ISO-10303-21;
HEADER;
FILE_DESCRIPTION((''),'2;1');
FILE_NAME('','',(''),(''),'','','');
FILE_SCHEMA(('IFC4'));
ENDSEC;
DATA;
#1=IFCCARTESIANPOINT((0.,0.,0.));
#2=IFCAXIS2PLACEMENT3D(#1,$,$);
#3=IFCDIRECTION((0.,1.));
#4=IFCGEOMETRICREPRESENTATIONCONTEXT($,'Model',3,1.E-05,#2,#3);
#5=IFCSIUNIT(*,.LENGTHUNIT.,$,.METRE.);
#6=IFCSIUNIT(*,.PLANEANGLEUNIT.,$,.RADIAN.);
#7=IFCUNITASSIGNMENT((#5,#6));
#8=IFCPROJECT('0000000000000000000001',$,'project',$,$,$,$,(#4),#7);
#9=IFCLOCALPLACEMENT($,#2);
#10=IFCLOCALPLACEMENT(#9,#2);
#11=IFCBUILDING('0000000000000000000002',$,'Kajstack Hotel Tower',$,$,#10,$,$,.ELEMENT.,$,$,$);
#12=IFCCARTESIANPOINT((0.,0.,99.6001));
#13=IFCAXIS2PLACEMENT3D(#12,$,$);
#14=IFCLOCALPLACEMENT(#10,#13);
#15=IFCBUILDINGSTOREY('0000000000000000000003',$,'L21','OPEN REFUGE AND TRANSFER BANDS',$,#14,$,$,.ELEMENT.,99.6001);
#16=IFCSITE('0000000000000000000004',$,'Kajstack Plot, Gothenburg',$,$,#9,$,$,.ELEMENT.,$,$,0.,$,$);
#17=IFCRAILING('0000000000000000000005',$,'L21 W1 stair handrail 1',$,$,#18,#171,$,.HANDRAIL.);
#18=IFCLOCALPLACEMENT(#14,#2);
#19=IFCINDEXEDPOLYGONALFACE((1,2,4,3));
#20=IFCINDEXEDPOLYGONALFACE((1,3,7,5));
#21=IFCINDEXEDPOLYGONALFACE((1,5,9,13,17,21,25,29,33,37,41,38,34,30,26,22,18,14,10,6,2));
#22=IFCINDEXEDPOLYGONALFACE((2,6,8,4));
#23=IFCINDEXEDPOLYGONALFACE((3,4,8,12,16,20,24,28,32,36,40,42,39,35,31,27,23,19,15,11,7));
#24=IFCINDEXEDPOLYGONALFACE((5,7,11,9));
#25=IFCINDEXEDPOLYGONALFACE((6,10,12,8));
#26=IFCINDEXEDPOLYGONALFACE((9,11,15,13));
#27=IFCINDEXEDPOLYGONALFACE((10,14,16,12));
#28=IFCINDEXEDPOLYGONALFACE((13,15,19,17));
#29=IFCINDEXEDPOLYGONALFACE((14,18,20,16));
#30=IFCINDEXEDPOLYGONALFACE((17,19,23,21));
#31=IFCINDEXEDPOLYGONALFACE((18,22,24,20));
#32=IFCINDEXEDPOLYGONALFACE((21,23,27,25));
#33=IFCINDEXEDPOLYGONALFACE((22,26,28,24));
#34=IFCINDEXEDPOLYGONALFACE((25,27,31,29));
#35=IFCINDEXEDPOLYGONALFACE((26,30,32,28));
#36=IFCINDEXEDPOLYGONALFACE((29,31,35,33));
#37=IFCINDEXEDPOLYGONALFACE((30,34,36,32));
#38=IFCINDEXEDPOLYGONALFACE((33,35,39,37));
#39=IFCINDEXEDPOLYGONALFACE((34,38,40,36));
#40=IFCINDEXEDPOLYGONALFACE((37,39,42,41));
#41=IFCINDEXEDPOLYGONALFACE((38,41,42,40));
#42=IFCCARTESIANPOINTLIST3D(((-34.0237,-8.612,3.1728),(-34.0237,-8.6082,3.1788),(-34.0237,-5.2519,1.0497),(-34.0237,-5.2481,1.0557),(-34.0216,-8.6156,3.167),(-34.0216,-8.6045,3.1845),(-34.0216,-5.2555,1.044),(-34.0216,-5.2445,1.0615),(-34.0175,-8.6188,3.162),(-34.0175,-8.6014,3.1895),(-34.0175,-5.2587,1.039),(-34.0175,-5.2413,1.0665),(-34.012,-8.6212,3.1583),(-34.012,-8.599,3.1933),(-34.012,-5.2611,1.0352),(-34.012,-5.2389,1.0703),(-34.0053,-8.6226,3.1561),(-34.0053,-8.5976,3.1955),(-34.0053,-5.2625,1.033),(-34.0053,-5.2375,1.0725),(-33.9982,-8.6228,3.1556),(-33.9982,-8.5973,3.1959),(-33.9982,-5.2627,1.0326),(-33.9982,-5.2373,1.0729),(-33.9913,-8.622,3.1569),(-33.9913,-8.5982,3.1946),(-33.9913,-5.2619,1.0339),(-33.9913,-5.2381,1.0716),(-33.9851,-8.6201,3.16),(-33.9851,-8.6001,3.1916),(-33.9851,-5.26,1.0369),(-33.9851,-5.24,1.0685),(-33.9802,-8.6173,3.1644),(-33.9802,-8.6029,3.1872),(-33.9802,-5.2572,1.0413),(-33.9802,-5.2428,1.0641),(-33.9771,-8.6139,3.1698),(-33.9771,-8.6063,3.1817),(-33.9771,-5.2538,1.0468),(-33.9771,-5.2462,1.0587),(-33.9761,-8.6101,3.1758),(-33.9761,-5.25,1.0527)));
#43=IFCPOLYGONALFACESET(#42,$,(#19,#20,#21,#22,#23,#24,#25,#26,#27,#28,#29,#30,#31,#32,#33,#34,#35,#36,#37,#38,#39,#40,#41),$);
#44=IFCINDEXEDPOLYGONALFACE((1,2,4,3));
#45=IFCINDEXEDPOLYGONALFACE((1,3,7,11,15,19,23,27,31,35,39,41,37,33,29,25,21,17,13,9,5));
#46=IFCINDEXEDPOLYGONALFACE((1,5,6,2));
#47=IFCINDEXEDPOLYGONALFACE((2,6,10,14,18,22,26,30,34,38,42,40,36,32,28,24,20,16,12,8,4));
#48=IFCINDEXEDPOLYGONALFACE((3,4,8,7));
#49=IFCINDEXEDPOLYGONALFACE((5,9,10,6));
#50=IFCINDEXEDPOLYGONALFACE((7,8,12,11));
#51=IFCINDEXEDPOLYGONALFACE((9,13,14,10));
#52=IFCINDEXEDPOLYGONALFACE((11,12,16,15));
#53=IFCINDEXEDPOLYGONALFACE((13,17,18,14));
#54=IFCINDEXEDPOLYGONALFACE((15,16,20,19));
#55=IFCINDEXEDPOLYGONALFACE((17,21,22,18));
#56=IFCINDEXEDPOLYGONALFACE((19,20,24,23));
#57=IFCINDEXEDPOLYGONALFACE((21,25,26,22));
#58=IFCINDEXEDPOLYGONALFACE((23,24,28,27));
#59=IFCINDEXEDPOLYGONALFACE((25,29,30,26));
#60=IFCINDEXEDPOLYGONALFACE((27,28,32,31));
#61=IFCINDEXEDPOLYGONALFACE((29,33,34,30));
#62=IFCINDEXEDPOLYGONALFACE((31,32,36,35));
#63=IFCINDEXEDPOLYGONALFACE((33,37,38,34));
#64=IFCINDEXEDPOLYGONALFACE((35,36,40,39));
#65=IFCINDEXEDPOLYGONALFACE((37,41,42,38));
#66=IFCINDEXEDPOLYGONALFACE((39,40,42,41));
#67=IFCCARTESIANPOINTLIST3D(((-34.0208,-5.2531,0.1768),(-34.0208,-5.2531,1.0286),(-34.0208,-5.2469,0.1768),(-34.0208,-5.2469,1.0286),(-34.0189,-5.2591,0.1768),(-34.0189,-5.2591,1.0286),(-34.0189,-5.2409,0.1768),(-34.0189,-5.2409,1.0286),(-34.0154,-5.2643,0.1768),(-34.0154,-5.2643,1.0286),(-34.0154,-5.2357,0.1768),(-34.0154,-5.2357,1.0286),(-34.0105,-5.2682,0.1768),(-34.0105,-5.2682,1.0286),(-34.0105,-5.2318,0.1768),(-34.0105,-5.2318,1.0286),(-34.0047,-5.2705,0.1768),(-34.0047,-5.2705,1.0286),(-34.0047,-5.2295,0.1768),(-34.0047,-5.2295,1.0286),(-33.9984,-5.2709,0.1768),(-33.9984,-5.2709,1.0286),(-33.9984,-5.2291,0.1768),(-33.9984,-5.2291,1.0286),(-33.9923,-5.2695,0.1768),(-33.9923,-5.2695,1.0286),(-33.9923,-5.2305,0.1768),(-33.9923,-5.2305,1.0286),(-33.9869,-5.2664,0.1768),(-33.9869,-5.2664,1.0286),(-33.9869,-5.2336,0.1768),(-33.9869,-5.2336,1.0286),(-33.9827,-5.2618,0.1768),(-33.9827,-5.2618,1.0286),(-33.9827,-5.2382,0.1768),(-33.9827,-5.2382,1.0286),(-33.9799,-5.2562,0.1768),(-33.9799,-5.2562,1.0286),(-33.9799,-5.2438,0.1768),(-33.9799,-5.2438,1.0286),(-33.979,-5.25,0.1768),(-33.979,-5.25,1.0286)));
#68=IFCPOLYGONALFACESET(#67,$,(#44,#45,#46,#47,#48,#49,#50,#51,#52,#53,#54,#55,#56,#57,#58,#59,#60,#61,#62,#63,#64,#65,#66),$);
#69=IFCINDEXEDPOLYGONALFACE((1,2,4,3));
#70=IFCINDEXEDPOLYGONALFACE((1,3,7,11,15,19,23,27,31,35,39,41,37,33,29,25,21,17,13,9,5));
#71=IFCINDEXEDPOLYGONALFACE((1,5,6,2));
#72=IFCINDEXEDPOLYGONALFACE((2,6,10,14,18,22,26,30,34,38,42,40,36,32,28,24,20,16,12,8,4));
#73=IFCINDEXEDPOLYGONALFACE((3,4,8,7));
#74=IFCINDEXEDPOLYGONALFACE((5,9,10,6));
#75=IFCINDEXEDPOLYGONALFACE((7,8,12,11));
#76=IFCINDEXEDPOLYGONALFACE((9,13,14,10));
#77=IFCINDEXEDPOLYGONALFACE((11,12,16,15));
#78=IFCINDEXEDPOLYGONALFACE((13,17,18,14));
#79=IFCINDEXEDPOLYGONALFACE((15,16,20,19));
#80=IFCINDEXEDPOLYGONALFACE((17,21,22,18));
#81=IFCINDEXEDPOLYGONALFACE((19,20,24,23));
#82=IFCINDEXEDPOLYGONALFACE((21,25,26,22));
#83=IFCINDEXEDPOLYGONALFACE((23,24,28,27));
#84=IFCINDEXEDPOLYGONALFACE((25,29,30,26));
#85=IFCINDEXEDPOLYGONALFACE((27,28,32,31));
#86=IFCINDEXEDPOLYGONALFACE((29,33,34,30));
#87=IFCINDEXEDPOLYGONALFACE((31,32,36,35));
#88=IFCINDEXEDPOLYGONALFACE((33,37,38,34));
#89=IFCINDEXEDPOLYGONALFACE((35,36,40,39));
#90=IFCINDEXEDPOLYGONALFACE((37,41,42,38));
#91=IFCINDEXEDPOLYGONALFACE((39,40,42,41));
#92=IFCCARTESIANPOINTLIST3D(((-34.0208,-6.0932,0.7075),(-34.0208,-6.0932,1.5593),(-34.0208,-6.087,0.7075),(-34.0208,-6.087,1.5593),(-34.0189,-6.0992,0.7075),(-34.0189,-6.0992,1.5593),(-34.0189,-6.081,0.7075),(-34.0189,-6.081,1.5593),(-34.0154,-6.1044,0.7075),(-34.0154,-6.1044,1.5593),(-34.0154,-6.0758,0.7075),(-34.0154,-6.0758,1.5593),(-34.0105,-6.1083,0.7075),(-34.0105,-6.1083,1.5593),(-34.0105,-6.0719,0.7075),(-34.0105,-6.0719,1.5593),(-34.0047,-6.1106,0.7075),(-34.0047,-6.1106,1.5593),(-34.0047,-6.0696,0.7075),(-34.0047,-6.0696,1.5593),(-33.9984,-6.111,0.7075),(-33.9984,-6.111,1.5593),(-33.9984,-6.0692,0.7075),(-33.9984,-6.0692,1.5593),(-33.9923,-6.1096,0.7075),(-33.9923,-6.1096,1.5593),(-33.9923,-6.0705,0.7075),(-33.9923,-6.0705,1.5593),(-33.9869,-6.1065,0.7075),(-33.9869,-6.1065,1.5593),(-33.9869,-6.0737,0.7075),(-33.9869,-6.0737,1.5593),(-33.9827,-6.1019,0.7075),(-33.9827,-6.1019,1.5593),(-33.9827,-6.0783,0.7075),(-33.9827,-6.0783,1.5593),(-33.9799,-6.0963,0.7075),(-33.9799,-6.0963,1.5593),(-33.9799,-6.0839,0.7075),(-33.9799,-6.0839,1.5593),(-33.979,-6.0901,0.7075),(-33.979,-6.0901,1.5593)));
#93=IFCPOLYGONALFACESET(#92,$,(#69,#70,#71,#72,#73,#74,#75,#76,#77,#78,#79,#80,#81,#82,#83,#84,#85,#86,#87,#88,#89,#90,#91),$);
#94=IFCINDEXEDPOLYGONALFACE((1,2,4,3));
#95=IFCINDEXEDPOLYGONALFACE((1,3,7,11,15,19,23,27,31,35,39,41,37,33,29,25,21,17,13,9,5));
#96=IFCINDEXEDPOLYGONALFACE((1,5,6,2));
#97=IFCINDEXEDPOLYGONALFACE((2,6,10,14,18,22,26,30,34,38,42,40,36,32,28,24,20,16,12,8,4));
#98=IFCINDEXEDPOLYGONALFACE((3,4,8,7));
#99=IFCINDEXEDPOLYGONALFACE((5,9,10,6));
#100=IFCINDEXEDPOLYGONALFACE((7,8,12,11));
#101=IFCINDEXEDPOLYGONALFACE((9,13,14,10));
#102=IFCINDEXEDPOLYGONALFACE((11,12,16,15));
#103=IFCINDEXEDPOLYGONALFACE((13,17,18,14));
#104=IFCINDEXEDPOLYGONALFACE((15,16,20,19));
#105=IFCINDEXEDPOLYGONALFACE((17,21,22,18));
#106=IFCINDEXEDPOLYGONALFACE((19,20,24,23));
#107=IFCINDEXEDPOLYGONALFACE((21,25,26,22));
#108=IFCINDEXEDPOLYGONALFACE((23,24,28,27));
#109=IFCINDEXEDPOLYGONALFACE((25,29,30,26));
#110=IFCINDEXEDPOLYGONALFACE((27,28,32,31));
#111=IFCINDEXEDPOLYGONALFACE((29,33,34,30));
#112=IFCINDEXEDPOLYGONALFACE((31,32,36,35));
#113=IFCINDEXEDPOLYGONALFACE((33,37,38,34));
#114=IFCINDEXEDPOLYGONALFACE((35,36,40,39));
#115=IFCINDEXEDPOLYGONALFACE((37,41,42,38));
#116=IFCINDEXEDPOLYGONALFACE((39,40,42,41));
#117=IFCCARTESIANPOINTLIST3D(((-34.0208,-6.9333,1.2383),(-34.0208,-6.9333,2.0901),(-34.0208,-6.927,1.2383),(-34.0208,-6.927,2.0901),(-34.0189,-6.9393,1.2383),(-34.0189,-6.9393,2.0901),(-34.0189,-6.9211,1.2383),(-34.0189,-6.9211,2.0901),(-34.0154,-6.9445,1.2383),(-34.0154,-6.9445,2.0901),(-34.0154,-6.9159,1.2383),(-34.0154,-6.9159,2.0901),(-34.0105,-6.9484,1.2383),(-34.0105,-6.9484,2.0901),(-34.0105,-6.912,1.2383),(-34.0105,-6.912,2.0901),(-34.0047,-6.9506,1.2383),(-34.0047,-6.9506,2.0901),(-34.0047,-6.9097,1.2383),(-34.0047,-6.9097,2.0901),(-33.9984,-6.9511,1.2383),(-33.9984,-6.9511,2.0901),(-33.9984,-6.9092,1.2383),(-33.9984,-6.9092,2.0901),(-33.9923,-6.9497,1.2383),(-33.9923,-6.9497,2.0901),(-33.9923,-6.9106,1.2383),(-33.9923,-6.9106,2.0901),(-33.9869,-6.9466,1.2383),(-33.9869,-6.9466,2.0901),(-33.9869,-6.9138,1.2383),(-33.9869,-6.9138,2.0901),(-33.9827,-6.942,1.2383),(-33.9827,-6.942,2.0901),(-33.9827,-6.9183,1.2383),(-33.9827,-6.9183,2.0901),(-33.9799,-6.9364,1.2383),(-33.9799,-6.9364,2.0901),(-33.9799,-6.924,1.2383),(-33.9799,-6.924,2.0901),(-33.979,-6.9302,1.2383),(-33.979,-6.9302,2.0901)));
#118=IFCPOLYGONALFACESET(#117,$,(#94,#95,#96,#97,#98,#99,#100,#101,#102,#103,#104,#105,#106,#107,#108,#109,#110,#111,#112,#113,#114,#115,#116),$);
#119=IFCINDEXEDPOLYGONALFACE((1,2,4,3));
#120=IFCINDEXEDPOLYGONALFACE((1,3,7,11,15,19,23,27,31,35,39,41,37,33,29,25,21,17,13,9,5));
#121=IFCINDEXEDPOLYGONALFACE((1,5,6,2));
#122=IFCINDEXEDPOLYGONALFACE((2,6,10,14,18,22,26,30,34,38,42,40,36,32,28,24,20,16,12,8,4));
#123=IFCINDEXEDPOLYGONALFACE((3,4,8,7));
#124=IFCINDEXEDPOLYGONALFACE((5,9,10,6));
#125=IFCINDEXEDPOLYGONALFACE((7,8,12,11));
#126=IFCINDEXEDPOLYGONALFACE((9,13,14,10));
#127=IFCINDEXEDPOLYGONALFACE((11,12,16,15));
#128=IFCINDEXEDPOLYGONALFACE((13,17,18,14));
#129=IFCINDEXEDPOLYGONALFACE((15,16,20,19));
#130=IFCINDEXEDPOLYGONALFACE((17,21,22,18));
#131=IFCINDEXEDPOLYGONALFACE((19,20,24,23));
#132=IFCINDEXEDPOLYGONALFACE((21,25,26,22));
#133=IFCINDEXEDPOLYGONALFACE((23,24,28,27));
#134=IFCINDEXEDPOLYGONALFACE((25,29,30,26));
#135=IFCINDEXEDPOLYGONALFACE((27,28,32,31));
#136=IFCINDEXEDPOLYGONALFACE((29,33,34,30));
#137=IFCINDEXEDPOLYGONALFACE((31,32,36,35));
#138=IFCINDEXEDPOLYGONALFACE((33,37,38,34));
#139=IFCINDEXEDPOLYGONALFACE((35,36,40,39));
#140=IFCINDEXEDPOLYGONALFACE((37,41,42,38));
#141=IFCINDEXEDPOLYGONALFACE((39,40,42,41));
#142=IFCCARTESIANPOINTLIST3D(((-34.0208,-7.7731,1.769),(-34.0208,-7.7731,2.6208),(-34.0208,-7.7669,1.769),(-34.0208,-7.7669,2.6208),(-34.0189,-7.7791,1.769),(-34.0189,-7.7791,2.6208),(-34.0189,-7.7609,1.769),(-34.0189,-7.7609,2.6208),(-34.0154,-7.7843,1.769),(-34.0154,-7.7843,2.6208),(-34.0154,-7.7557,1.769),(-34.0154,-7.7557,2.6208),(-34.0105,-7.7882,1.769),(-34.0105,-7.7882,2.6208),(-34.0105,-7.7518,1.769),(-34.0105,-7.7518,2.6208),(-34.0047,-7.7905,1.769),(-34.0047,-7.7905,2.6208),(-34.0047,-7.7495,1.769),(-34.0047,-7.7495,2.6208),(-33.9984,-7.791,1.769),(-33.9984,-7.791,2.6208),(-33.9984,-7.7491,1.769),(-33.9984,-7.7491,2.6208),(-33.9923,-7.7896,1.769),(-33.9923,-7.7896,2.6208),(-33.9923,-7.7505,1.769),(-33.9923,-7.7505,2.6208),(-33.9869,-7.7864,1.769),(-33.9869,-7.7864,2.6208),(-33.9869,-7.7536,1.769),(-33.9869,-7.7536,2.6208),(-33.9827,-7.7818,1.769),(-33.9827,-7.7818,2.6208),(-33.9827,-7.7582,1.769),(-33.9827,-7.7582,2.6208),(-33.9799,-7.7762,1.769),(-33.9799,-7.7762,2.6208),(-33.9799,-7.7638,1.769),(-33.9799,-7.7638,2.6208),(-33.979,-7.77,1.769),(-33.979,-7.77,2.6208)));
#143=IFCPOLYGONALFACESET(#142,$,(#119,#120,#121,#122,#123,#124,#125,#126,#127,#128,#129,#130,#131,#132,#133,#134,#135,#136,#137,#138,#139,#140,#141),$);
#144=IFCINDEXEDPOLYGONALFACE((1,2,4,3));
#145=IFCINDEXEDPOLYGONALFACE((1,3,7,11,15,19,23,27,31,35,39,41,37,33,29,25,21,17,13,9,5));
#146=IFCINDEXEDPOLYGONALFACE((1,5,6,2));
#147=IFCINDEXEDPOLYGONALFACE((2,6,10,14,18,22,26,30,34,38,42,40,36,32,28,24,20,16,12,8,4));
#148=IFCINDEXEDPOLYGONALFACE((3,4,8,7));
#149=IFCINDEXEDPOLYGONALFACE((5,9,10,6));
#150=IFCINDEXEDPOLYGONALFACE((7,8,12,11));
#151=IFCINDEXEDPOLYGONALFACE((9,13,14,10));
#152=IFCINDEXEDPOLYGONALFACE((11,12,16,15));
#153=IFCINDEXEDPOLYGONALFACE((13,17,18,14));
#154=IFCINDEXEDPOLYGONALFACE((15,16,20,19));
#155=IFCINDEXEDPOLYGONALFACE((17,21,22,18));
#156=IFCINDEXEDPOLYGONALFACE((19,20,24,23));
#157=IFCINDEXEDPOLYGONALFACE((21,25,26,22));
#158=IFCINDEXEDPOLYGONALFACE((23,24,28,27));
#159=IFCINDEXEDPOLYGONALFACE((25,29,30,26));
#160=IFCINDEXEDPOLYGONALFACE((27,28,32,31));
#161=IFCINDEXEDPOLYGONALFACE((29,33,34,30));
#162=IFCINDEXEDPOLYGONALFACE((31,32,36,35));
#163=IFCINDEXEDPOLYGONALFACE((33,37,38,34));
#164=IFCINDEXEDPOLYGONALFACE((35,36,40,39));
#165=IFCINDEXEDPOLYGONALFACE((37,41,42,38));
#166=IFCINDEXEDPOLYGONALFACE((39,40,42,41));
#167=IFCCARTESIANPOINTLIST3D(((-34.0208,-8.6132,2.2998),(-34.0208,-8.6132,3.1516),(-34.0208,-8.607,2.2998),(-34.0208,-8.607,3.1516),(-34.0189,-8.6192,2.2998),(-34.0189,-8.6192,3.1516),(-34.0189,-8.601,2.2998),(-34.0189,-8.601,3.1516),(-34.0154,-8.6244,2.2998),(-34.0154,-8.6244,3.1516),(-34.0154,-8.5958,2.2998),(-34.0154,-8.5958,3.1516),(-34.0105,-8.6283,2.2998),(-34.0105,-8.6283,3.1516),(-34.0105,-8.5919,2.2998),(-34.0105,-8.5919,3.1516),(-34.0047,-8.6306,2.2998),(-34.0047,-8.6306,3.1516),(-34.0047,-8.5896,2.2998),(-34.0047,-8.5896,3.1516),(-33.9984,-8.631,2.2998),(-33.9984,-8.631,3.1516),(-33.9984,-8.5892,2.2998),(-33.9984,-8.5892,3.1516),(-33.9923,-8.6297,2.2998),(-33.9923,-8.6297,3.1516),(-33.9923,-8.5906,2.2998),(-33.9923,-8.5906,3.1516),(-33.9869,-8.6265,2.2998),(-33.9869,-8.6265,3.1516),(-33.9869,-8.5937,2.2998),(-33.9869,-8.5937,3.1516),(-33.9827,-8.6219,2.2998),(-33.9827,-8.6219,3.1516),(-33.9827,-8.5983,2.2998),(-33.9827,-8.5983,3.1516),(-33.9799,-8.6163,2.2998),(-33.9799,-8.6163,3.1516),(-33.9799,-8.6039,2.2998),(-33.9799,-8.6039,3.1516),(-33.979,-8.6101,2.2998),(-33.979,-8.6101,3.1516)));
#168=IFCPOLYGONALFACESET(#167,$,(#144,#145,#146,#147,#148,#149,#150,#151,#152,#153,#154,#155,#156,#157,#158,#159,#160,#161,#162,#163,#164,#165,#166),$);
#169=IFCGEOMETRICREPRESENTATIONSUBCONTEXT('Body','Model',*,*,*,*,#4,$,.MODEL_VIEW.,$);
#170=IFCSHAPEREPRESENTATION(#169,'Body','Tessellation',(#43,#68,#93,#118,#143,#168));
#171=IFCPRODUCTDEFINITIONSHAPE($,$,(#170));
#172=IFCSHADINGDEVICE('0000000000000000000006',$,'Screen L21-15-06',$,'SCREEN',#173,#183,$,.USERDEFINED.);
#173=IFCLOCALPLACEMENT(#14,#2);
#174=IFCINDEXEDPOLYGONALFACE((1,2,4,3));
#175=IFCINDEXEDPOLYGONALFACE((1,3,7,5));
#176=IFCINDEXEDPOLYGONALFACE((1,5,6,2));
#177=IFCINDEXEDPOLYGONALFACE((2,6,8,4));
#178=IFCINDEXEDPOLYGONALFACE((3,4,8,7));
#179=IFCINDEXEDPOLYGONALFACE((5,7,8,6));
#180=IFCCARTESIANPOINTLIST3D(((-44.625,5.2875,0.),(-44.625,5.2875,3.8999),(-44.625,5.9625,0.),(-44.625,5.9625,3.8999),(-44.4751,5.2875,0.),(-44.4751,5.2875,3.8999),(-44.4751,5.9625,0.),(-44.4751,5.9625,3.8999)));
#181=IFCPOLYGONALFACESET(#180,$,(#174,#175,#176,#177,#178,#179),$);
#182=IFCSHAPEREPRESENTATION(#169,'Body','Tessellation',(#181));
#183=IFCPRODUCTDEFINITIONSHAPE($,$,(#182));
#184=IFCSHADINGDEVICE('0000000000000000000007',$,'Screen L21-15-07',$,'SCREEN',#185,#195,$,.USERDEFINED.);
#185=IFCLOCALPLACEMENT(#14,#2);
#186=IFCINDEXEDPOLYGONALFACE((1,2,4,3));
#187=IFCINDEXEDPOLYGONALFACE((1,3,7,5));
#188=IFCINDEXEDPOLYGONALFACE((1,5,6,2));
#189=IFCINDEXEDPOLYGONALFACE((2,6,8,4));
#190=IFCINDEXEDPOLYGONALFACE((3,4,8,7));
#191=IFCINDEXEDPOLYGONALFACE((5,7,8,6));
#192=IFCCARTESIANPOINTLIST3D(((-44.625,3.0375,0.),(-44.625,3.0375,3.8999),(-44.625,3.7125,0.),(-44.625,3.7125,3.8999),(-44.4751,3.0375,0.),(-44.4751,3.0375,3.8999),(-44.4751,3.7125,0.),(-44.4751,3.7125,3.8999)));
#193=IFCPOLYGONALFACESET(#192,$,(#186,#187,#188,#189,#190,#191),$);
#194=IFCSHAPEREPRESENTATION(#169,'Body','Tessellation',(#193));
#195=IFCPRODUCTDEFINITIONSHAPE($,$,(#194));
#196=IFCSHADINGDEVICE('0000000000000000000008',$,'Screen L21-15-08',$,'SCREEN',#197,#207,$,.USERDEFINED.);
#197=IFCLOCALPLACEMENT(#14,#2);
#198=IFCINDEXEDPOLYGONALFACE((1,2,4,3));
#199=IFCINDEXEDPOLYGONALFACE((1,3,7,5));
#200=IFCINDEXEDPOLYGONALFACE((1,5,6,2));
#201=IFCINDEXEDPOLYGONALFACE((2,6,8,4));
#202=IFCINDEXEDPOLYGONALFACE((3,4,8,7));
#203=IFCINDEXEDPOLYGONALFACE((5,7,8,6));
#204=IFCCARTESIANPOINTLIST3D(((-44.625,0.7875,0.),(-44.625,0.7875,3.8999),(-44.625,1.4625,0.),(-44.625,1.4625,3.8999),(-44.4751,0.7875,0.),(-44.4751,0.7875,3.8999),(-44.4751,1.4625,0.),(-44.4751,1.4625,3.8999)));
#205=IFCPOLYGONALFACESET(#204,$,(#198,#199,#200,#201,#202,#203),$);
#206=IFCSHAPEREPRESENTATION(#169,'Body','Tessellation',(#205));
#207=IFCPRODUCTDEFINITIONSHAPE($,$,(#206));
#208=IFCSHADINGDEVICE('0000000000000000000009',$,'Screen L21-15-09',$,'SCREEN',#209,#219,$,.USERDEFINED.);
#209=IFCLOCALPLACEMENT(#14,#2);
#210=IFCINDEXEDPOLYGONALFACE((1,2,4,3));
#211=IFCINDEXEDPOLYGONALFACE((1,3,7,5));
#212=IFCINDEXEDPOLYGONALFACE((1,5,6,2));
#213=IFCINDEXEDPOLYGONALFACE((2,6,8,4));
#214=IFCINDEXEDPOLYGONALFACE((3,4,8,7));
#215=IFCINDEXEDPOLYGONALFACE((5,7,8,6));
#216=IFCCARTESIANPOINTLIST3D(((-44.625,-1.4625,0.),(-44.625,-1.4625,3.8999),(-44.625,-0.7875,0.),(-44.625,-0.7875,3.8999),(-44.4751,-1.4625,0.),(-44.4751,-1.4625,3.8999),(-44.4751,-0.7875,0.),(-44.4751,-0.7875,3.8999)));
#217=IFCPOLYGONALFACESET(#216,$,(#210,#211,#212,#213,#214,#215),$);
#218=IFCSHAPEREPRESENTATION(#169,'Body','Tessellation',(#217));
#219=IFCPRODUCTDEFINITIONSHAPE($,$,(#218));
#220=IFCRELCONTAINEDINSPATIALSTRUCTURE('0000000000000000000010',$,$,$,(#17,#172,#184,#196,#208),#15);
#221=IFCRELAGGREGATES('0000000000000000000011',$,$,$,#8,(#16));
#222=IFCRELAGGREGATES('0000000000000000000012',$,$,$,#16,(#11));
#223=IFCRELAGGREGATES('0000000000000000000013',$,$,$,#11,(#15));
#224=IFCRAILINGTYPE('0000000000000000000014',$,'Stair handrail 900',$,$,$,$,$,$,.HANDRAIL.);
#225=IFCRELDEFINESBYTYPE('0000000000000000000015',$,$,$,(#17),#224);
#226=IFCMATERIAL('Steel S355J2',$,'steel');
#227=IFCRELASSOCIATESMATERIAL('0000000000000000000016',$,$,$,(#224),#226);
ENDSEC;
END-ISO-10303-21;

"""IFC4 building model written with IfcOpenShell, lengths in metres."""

from ifc_helpers import new_model, si_unit, direction, frame, origin, origin_2d, place, context, subcontext, project, spatial, rectangle, circle, extrude, material, type_object, element, save


model = new_model("IFC4")

# Units and contexts
model_context = context("Model", 3, precision=1e-05, world=origin(), true_north=direction((0.0, 1.0)))
body_context = subcontext(model_context, "Body", "Model", "MODEL_VIEW")
ifc_project = project(units=[si_unit("LENGTHUNIT", "METRE"), si_unit("PLANEANGLEUNIT", "RADIAN")], contexts=[model_context])

# Site, building, storey
site_placement = place(None, origin())
site = spatial("IfcSite", under=ifc_project, at=site_placement, Name="Kajstack Plot, Gothenburg", CompositionType="ELEMENT", RefElevation=0.0)
building_placement = place(site_placement, origin())
building = spatial("IfcBuilding", under=site, at=building_placement, Name="Kajstack Hotel Tower", CompositionType="ELEMENT")
storey_placement = place(building_placement, frame((0.0, 0.0, 99.6001)))
storey = spatial("IfcBuildingStorey", under=building, at=storey_placement, Name="L21", Description="OPEN REFUGE AND TRANSFER BANDS", CompositionType="ELEMENT", Elevation=99.6001)

# Shared definitions
ifc_material_1 = material(Name="Steel S355J2", Category="steel")

# Railing
railing_type = type_object("IfcRailingType", Name="Stair handrail 900", PredefinedType="HANDRAIL", material=ifc_material_1)
railing_placement = place(storey_placement, frame((-34.0, -5.25, 0.1768)))
element("IfcRailing", 1, at=railing_placement, inside=storey, type_object=railing_type, Name="L21 W1 stair handrail 1", PredefinedType="HANDRAIL", context=body_context, shape_type="SweptSolid", body=[
    extrude(circle(Radius=0.0239, at=origin_2d()), frame((0.0, 0.0, 0.876), z_axis=(0.0, -0.84539, 0.53415), x_axis=(1.0, 0.0, 0.0)), (0.0, 0.0, 1.0), 3.9746),
    extrude(circle(Radius=0.021, at=origin_2d()), origin(), (0.0, 0.0, 1.0), 0.8518),
    extrude(circle(Radius=0.021, at=origin_2d()), frame((0.0, -0.8401, 0.5308)), (0.0, 0.0, 1.0), 0.8518),
    extrude(circle(Radius=0.021, at=origin_2d()), frame((0.0, -1.6802, 1.0615)), (0.0, 0.0, 1.0), 0.8518),
    extrude(circle(Radius=0.021, at=origin_2d()), frame((0.0, -2.52, 1.5923)), (0.0, 0.0, 1.0), 0.8518),
    extrude(circle(Radius=0.021, at=origin_2d()), frame((0.0, -3.3601, 2.123)), (0.0, 0.0, 1.0), 0.8518),
])

# Shading devices
for number, where, z_axis, x_axis, name in (
    (2, (-44.55, 5.625, 0.0), (0.0, 0.0, 1.0), (0.0, -1.0, 0.0), "Screen L21-15-06"),
    (3, (-44.55, 3.375, 0.0), (0.0, 0.0, 1.0), (0.0, -1.0, 0.0), "Screen L21-15-07"),
    (4, (-44.55, 1.125, 0.0), (0.0, 0.0, 1.0), (0.0, -1.0, 0.0), "Screen L21-15-08"),
    (5, (-44.55, -1.125, 0.0), (0.0, 0.0, 1.0), (0.0, -1.0, 0.0), "Screen L21-15-09"),
):
    element("IfcShadingDevice", number, at=place(storey_placement, frame(where, z_axis=z_axis, x_axis=x_axis)), inside=storey, Name=name, ObjectType="SCREEN", PredefinedType="USERDEFINED", context=body_context, shape_type="SweptSolid", body=[
        extrude(rectangle(XDim=0.675, YDim=0.1499, at=origin_2d()), origin(), (0.0, 0.0, 1.0), 3.8999),
    ])

save(model, "model.ifc")
